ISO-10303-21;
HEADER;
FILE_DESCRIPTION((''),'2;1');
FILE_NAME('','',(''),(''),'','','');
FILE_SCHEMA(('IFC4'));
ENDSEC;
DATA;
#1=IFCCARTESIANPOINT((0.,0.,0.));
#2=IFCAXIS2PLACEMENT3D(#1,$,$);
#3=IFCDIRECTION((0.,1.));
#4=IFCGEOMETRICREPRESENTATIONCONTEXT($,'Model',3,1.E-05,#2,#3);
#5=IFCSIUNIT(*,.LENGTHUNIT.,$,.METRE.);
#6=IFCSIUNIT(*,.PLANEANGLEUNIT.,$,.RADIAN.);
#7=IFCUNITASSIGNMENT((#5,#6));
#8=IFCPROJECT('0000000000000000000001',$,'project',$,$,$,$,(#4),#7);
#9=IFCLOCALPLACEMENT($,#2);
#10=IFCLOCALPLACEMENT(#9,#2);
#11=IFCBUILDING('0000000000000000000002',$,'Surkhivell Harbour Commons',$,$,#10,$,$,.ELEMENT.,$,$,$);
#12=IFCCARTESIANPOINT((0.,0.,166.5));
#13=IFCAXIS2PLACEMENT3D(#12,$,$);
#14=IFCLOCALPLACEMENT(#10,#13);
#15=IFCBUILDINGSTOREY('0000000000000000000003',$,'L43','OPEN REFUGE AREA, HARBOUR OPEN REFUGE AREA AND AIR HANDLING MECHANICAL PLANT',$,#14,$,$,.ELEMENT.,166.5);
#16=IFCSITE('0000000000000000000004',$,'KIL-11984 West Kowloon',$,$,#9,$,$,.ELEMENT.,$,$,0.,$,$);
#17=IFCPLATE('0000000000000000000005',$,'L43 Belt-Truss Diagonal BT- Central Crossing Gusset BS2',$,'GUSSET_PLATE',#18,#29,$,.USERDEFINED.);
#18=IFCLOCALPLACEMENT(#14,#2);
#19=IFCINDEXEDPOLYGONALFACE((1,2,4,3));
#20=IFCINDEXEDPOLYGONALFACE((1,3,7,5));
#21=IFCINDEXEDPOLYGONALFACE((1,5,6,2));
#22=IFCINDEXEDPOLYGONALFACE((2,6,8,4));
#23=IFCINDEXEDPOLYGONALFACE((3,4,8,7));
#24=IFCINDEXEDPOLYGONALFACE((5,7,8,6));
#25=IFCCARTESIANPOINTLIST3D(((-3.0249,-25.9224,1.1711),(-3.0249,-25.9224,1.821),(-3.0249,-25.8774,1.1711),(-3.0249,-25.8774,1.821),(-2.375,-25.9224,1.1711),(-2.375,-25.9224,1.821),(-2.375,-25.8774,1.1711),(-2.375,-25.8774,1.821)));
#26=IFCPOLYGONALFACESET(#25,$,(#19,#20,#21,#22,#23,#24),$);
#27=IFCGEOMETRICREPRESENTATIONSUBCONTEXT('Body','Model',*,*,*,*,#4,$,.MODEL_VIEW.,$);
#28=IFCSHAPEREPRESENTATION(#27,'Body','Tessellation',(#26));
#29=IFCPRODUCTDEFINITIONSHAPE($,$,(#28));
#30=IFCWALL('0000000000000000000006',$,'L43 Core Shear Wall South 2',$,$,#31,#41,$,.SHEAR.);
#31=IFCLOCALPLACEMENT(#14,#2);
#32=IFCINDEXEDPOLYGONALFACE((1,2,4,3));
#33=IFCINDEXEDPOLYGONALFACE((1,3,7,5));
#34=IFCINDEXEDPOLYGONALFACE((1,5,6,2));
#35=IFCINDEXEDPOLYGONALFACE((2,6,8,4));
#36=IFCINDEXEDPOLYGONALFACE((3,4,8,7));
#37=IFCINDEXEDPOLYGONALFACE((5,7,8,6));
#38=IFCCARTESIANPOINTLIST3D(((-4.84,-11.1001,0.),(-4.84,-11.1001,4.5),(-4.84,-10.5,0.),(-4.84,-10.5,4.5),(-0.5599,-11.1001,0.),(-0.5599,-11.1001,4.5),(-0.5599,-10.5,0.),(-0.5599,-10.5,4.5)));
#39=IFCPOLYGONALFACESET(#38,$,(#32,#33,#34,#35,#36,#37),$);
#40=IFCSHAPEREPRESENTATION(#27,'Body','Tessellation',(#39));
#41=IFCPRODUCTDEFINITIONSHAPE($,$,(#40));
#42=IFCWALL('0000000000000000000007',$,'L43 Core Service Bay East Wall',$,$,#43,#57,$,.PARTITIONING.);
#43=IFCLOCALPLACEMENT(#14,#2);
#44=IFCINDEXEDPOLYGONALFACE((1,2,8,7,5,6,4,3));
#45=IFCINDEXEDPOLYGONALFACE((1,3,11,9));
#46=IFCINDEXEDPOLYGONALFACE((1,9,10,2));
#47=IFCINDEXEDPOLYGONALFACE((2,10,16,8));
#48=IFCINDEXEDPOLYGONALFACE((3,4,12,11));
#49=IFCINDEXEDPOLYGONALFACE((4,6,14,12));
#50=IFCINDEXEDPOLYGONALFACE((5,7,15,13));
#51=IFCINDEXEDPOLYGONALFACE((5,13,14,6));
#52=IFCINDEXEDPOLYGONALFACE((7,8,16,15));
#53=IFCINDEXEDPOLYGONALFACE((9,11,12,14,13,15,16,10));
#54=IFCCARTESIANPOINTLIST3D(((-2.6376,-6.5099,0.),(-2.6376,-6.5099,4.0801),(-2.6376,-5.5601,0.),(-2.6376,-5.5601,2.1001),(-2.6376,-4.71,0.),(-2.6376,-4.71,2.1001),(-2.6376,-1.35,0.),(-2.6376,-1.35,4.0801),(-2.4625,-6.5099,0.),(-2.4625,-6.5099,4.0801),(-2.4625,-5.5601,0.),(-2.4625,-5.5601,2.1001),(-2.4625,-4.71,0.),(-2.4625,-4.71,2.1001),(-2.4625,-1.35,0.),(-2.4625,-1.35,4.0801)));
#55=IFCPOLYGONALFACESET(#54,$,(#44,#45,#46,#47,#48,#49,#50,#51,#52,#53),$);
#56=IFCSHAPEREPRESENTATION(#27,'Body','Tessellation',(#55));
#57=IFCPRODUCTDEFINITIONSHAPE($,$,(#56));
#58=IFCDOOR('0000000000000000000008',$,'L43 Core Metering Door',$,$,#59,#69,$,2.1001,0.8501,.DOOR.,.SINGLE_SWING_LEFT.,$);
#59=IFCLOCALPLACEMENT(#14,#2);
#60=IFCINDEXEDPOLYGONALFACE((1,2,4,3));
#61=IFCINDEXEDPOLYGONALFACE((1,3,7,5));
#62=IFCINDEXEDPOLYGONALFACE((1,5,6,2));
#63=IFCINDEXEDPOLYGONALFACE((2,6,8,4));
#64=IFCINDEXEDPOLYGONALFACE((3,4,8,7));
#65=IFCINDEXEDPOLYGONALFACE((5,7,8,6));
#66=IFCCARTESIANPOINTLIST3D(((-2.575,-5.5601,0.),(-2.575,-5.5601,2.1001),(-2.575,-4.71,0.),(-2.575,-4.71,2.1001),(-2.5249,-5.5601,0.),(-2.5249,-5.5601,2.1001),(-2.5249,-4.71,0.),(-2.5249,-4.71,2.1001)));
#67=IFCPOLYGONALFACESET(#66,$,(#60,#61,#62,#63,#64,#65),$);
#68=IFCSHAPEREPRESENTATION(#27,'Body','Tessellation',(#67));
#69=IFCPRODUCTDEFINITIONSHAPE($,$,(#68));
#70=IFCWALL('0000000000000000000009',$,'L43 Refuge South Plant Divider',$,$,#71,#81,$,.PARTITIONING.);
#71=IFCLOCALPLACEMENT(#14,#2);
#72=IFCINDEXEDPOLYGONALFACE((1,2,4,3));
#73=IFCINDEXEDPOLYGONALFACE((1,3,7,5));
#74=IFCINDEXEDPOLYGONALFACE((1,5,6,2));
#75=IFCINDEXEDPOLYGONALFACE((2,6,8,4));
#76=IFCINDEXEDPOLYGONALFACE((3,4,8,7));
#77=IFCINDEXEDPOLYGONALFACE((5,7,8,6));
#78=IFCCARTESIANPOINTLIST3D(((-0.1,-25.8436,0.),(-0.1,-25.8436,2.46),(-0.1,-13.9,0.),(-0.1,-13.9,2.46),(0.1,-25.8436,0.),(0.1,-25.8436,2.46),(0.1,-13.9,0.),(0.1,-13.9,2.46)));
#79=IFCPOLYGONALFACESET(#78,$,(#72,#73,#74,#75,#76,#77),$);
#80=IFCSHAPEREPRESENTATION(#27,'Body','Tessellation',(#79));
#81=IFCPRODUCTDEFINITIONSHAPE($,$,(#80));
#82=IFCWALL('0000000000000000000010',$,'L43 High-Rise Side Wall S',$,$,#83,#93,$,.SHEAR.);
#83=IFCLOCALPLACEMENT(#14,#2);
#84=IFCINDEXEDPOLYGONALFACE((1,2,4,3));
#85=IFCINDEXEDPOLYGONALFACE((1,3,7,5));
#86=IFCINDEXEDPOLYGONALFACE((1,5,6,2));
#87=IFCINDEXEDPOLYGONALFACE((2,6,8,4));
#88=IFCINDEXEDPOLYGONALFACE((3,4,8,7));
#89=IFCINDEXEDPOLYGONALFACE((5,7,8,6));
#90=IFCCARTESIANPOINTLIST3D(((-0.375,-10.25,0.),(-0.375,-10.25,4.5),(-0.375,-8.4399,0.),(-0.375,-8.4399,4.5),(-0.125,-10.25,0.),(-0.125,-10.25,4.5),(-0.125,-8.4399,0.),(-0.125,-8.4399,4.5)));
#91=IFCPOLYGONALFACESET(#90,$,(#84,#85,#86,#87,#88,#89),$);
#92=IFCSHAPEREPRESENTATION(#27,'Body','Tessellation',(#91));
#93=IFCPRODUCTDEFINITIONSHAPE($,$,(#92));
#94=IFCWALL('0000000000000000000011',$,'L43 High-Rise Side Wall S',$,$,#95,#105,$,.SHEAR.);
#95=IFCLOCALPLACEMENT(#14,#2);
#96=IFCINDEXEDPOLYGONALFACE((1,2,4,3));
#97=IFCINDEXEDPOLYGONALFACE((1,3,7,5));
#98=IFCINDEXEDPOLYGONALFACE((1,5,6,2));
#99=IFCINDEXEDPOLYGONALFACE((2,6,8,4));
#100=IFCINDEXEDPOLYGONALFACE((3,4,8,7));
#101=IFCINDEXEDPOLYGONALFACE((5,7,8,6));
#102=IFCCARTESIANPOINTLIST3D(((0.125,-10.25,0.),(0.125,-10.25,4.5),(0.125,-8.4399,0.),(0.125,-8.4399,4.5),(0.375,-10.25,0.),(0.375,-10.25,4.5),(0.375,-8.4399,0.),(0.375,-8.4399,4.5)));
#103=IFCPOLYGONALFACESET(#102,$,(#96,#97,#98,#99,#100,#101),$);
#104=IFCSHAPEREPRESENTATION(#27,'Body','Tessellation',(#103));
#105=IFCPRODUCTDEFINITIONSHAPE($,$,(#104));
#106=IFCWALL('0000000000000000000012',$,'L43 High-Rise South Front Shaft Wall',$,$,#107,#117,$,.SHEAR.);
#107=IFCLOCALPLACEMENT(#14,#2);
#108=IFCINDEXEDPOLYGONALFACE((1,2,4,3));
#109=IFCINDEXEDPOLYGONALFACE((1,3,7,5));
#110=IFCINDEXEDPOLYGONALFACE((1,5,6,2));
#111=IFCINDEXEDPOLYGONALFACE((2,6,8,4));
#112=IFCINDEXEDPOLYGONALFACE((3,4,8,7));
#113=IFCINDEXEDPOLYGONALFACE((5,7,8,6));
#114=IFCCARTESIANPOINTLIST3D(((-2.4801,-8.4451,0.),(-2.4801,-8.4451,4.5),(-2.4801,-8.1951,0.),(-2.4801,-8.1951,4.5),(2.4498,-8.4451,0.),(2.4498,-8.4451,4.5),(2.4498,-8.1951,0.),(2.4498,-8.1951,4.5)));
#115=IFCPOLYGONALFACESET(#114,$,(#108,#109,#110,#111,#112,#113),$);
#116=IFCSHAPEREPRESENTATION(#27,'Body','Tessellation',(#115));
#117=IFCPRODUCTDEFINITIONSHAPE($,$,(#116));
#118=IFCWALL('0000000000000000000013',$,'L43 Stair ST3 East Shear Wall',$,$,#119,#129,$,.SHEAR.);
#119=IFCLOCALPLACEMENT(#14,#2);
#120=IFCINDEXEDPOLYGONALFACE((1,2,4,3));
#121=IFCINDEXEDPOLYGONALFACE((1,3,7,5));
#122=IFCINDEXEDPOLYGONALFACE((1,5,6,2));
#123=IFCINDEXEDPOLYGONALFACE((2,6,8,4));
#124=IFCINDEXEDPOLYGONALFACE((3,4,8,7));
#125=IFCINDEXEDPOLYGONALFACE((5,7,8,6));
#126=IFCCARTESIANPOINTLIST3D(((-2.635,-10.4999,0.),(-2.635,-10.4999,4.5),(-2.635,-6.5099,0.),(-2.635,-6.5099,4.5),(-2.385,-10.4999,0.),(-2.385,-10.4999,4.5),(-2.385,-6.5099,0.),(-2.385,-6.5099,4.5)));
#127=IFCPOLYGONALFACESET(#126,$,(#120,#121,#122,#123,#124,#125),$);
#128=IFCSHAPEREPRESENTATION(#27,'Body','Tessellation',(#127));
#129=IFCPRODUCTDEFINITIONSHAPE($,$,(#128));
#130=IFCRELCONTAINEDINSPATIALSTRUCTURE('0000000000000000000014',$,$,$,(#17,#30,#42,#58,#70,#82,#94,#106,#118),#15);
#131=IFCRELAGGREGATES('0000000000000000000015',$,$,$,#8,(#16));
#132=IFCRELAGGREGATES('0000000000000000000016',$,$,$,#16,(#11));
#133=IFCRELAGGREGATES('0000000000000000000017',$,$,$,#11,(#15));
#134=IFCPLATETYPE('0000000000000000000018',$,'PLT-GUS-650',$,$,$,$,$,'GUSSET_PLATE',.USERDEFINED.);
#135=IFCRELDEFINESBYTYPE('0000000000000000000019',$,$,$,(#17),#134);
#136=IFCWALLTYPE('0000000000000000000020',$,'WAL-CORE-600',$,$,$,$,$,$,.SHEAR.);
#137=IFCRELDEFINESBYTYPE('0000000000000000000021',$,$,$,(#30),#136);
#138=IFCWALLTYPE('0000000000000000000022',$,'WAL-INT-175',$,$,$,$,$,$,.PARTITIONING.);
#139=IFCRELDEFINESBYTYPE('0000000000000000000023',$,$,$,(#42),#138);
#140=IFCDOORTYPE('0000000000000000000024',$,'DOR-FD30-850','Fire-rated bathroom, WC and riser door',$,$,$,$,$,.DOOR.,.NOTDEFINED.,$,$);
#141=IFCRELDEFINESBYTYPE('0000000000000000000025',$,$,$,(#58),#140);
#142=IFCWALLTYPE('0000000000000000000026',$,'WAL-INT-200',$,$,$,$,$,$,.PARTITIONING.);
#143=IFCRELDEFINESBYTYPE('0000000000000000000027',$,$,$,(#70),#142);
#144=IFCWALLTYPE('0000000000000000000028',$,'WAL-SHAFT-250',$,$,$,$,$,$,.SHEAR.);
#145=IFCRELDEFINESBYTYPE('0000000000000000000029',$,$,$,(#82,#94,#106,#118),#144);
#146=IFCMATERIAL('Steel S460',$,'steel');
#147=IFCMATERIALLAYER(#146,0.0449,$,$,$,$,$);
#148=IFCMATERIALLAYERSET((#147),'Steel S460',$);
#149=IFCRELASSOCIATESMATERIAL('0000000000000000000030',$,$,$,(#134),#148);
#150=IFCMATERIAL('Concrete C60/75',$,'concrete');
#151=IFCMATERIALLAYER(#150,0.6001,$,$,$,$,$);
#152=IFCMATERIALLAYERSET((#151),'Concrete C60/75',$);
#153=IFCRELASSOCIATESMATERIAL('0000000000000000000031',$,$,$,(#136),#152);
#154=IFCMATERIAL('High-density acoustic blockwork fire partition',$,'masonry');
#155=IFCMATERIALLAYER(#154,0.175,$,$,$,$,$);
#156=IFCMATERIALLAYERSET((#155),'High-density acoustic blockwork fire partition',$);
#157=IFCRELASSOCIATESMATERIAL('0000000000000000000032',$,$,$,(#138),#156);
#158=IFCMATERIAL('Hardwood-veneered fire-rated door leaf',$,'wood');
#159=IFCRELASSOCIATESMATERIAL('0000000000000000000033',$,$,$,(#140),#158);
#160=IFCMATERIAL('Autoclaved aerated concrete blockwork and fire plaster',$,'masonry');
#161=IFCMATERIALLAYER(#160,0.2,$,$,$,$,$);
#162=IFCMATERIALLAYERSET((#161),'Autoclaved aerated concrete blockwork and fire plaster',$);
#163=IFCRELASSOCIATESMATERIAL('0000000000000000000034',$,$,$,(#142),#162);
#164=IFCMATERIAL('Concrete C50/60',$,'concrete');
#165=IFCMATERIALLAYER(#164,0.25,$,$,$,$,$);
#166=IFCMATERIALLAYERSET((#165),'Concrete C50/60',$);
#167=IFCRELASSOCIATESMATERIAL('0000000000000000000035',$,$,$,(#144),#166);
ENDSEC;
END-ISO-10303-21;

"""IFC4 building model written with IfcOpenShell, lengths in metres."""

from ifc_helpers import new_model, si_unit, direction, frame, frame_2d, origin, origin_2d, place, context, subcontext, project, spatial, rectangle, extrude, material, layer, layer_set, type_object, element, fill, save


model = new_model("IFC4")

# Units and contexts
model_context = context("Model", 3, precision=1e-05, world=origin(), true_north=direction((0.0, 1.0)))
body_context = subcontext(model_context, "Body", "Model", "MODEL_VIEW")
ifc_project = project(units=[si_unit("LENGTHUNIT", "METRE"), si_unit("PLANEANGLEUNIT", "RADIAN")], contexts=[model_context])

# Site, building, storey
site_placement = place(None, origin())
site = spatial("IfcSite", under=ifc_project, at=site_placement, Name="KIL-11984 West Kowloon", CompositionType="ELEMENT", RefElevation=0.0)
building_placement = place(site_placement, origin())
building = spatial("IfcBuilding", under=site, at=building_placement, Name="Surkhivell Harbour Commons", CompositionType="ELEMENT")
storey_placement = place(building_placement, frame((0.0, 0.0, 166.5)))
storey = spatial("IfcBuildingStorey", under=building, at=storey_placement, Name="L43", Description="OPEN REFUGE AREA, HARBOUR OPEN REFUGE AREA AND AIR HANDLING MECHANICAL PLANT", CompositionType="ELEMENT", Elevation=166.5)

# Shared definitions
ifc_material_1 = material(Name="Concrete C60/75", Category="concrete")

# Shared definitions
ifc_material_2 = material(Name="Steel S460", Category="steel")

# Plate
ifc_layer_1 = layer(ifc_material_2, 0.0449)
ifc_layer_set_1 = layer_set([ifc_layer_1], Name="Steel S460")
plate_type = type_object("IfcPlateType", Name="PLT-GUS-650", ElementType="GUSSET_PLATE", PredefinedType="USERDEFINED", material=ifc_layer_set_1)
for number, where, z_axis, x_axis, name in (
    (1, (-2.7, -25.8999, 1.1711), (0.0, 0.0, 1.0), (1.0, 0.0, 0.0), "L43 Belt-Truss Diagonal BT- Central Crossing Gusset BS2"),
):
    element("IfcPlate", number, at=place(storey_placement, frame(where, z_axis=z_axis, x_axis=x_axis)), inside=storey, type_object=plate_type, Name=name, ObjectType="GUSSET_PLATE", PredefinedType="USERDEFINED", context=body_context, shape_type="SweptSolid", body=[
        extrude(rectangle(XDim=0.6499, YDim=0.0449, at=origin_2d()), origin(), (0.0, 0.0, 1.0), 0.6499),
    ])

# Wall
ifc_layer_2 = layer(ifc_material_1, 0.6001)
ifc_layer_set_2 = layer_set([ifc_layer_2], Name="Concrete C60/75")
wall_type_1 = type_object("IfcWallType", Name="WAL-CORE-600", PredefinedType="SHEAR", material=ifc_layer_set_2)
wall_1_placement = place(storey_placement, frame((-4.8401, -10.8, 0.0), z_axis=(0.0, 0.0, 1.0), x_axis=(1.0, 0.0, 0.0)))
element("IfcWall", 2, at=wall_1_placement, inside=storey, type_object=wall_type_1, Name="L43 Core Shear Wall South 2", PredefinedType="SHEAR", context=body_context, shape_type="SweptSolid", body=[
    extrude(rectangle(XDim=4.28, YDim=0.6001, at=frame_2d((2.1401, 0.0))), origin(), (0.0, 0.0, 1.0), 4.5),
])

# Wall, opening, door
ifc_material_3 = material(Name="High-density acoustic blockwork fire partition", Category="masonry")
ifc_layer_3 = layer(ifc_material_3, 0.175)
ifc_layer_set_3 = layer_set([ifc_layer_3], Name="High-density acoustic blockwork fire partition")
wall_type_2 = type_object("IfcWallType", Name="WAL-INT-175", PredefinedType="PARTITIONING", material=ifc_layer_set_3)
wall_2_placement = place(storey_placement, frame((-2.55, -6.51, 0.0), z_axis=(0.0, 0.0, 1.0), x_axis=(0.0, 1.0, 0.0)))
wall_2 = element("IfcWall", 3, at=wall_2_placement, inside=storey, type_object=wall_type_2, Name="L43 Core Service Bay East Wall", PredefinedType="PARTITIONING", context=body_context, shape_type="SweptSolid", body=[
    extrude(rectangle(XDim=5.1599, YDim=0.175, at=frame_2d((2.5801, 0.0))), origin(), (0.0, 0.0, 1.0), 4.0801),
])
opening_placement = place(wall_2_placement, frame((0.95, 0.0, 0.0)))
opening = element("IfcOpeningElement", 4, at=opening_placement, cuts=wall_2, PredefinedType="OPENING", context=body_context, shape_type="SweptSolid", body=[
    extrude(rectangle(XDim=0.8501, YDim=2.1001, at=frame_2d((0.425, 1.05))), frame((0.0, 0.0974, 0.0), z_axis=(0.0, -1.0, 0.0), x_axis=(1.0, 0.0, 0.0)), (0.0, 0.0, 1.0), 0.1951),
])
ifc_material_4 = material(Name="Hardwood-veneered fire-rated door leaf", Category="wood")
door_type = type_object("IfcDoorType", Name="DOR-FD30-850", Description="Fire-rated bathroom, WC and riser door", OperationType="NOTDEFINED", PredefinedType="DOOR", material=ifc_material_4)
door_placement = place(opening_placement, origin())
door = element("IfcDoor", 5, at=door_placement, inside=storey, type_object=door_type, Name="L43 Core Metering Door", OperationType="SINGLE_SWING_LEFT", OverallHeight=2.1001, OverallWidth=0.8501, PredefinedType="DOOR", context=body_context, shape_type="SweptSolid", body=[
    extrude(rectangle(XDim=0.8501, YDim=2.1001, at=frame_2d((0.425, 1.05))), frame((0.0, 0.0249, 0.0), z_axis=(0.0, -1.0, 0.0), x_axis=(1.0, 0.0, 0.0)), (0.0, 0.0, 1.0), 0.05),
])
fill(opening, door)

# Walls
ifc_material_5 = material(Name="Autoclaved aerated concrete blockwork and fire plaster", Category="masonry")
ifc_layer_4 = layer(ifc_material_5, 0.2)
ifc_layer_set_4 = layer_set([ifc_layer_4], Name="Autoclaved aerated concrete blockwork and fire plaster")
wall_type_3 = type_object("IfcWallType", Name="WAL-INT-200", PredefinedType="PARTITIONING", material=ifc_layer_set_4)
wall_3_placement = place(storey_placement, frame((0.0, -25.8435, 0.0), z_axis=(0.0, 0.0, 1.0), x_axis=(0.0, 1.0, 0.0)))
element("IfcWall", 6, at=wall_3_placement, inside=storey, type_object=wall_type_3, Name="L43 Refuge South Plant Divider", PredefinedType="PARTITIONING", context=body_context, shape_type="SweptSolid", body=[
    extrude(rectangle(XDim=11.9436, YDim=0.2, at=frame_2d((5.9717, 0.0))), origin(), (0.0, 0.0, 1.0), 2.46),
])
ifc_material_6 = material(Name="Concrete C50/60", Category="concrete")
ifc_layer_5 = layer(ifc_material_6, 0.25)
ifc_layer_set_5 = layer_set([ifc_layer_5], Name="Concrete C50/60")
wall_type_4 = type_object("IfcWallType", Name="WAL-SHAFT-250", PredefinedType="SHEAR", material=ifc_layer_set_5)
for number, where, z_axis, x_axis, name in (
    (7, (-0.25, -10.25, 0.0), (0.0, 0.0, 1.0), (0.0, 1.0, 0.0), "L43 High-Rise Side Wall S"),
    (8, (0.25, -10.25, 0.0), (0.0, 0.0, 1.0), (0.0, 1.0, 0.0), "L43 High-Rise Side Wall S"),
):
    element("IfcWall", number, at=place(storey_placement, frame(where, z_axis=z_axis, x_axis=x_axis)), inside=storey, type_object=wall_type_4, Name=name, PredefinedType="SHEAR", context=body_context, shape_type="SweptSolid", body=[
        extrude(rectangle(XDim=1.8101, YDim=0.25, at=frame_2d((0.905, 0.0))), origin(), (0.0, 0.0, 1.0), 4.5),
    ])
wall_4_placement = place(storey_placement, frame((-2.48, -8.3201, 0.0), z_axis=(0.0, 0.0, 1.0), x_axis=(1.0, 0.0, 0.0)))
element("IfcWall", 9, at=wall_4_placement, inside=storey, type_object=wall_type_4, Name="L43 High-Rise South Front Shaft Wall", PredefinedType="SHEAR", context=body_context, shape_type="SweptSolid", body=[
    extrude(rectangle(XDim=4.9299, YDim=0.25, at=frame_2d((2.4648, 0.0))), origin(), (0.0, 0.0, 1.0), 4.5),
])
wall_5_placement = place(storey_placement, frame((-2.51, -10.5, 0.0), z_axis=(0.0, 0.0, 1.0), x_axis=(0.0, 1.0, 0.0)))
element("IfcWall", 10, at=wall_5_placement, inside=storey, type_object=wall_type_4, Name="L43 Stair ST3 East Shear Wall", PredefinedType="SHEAR", context=body_context, shape_type="SweptSolid", body=[
    extrude(rectangle(XDim=3.99, YDim=0.25, at=frame_2d((1.9951, 0.0))), origin(), (0.0, 0.0, 1.0), 4.5),
])

save(model, "model.ifc")
